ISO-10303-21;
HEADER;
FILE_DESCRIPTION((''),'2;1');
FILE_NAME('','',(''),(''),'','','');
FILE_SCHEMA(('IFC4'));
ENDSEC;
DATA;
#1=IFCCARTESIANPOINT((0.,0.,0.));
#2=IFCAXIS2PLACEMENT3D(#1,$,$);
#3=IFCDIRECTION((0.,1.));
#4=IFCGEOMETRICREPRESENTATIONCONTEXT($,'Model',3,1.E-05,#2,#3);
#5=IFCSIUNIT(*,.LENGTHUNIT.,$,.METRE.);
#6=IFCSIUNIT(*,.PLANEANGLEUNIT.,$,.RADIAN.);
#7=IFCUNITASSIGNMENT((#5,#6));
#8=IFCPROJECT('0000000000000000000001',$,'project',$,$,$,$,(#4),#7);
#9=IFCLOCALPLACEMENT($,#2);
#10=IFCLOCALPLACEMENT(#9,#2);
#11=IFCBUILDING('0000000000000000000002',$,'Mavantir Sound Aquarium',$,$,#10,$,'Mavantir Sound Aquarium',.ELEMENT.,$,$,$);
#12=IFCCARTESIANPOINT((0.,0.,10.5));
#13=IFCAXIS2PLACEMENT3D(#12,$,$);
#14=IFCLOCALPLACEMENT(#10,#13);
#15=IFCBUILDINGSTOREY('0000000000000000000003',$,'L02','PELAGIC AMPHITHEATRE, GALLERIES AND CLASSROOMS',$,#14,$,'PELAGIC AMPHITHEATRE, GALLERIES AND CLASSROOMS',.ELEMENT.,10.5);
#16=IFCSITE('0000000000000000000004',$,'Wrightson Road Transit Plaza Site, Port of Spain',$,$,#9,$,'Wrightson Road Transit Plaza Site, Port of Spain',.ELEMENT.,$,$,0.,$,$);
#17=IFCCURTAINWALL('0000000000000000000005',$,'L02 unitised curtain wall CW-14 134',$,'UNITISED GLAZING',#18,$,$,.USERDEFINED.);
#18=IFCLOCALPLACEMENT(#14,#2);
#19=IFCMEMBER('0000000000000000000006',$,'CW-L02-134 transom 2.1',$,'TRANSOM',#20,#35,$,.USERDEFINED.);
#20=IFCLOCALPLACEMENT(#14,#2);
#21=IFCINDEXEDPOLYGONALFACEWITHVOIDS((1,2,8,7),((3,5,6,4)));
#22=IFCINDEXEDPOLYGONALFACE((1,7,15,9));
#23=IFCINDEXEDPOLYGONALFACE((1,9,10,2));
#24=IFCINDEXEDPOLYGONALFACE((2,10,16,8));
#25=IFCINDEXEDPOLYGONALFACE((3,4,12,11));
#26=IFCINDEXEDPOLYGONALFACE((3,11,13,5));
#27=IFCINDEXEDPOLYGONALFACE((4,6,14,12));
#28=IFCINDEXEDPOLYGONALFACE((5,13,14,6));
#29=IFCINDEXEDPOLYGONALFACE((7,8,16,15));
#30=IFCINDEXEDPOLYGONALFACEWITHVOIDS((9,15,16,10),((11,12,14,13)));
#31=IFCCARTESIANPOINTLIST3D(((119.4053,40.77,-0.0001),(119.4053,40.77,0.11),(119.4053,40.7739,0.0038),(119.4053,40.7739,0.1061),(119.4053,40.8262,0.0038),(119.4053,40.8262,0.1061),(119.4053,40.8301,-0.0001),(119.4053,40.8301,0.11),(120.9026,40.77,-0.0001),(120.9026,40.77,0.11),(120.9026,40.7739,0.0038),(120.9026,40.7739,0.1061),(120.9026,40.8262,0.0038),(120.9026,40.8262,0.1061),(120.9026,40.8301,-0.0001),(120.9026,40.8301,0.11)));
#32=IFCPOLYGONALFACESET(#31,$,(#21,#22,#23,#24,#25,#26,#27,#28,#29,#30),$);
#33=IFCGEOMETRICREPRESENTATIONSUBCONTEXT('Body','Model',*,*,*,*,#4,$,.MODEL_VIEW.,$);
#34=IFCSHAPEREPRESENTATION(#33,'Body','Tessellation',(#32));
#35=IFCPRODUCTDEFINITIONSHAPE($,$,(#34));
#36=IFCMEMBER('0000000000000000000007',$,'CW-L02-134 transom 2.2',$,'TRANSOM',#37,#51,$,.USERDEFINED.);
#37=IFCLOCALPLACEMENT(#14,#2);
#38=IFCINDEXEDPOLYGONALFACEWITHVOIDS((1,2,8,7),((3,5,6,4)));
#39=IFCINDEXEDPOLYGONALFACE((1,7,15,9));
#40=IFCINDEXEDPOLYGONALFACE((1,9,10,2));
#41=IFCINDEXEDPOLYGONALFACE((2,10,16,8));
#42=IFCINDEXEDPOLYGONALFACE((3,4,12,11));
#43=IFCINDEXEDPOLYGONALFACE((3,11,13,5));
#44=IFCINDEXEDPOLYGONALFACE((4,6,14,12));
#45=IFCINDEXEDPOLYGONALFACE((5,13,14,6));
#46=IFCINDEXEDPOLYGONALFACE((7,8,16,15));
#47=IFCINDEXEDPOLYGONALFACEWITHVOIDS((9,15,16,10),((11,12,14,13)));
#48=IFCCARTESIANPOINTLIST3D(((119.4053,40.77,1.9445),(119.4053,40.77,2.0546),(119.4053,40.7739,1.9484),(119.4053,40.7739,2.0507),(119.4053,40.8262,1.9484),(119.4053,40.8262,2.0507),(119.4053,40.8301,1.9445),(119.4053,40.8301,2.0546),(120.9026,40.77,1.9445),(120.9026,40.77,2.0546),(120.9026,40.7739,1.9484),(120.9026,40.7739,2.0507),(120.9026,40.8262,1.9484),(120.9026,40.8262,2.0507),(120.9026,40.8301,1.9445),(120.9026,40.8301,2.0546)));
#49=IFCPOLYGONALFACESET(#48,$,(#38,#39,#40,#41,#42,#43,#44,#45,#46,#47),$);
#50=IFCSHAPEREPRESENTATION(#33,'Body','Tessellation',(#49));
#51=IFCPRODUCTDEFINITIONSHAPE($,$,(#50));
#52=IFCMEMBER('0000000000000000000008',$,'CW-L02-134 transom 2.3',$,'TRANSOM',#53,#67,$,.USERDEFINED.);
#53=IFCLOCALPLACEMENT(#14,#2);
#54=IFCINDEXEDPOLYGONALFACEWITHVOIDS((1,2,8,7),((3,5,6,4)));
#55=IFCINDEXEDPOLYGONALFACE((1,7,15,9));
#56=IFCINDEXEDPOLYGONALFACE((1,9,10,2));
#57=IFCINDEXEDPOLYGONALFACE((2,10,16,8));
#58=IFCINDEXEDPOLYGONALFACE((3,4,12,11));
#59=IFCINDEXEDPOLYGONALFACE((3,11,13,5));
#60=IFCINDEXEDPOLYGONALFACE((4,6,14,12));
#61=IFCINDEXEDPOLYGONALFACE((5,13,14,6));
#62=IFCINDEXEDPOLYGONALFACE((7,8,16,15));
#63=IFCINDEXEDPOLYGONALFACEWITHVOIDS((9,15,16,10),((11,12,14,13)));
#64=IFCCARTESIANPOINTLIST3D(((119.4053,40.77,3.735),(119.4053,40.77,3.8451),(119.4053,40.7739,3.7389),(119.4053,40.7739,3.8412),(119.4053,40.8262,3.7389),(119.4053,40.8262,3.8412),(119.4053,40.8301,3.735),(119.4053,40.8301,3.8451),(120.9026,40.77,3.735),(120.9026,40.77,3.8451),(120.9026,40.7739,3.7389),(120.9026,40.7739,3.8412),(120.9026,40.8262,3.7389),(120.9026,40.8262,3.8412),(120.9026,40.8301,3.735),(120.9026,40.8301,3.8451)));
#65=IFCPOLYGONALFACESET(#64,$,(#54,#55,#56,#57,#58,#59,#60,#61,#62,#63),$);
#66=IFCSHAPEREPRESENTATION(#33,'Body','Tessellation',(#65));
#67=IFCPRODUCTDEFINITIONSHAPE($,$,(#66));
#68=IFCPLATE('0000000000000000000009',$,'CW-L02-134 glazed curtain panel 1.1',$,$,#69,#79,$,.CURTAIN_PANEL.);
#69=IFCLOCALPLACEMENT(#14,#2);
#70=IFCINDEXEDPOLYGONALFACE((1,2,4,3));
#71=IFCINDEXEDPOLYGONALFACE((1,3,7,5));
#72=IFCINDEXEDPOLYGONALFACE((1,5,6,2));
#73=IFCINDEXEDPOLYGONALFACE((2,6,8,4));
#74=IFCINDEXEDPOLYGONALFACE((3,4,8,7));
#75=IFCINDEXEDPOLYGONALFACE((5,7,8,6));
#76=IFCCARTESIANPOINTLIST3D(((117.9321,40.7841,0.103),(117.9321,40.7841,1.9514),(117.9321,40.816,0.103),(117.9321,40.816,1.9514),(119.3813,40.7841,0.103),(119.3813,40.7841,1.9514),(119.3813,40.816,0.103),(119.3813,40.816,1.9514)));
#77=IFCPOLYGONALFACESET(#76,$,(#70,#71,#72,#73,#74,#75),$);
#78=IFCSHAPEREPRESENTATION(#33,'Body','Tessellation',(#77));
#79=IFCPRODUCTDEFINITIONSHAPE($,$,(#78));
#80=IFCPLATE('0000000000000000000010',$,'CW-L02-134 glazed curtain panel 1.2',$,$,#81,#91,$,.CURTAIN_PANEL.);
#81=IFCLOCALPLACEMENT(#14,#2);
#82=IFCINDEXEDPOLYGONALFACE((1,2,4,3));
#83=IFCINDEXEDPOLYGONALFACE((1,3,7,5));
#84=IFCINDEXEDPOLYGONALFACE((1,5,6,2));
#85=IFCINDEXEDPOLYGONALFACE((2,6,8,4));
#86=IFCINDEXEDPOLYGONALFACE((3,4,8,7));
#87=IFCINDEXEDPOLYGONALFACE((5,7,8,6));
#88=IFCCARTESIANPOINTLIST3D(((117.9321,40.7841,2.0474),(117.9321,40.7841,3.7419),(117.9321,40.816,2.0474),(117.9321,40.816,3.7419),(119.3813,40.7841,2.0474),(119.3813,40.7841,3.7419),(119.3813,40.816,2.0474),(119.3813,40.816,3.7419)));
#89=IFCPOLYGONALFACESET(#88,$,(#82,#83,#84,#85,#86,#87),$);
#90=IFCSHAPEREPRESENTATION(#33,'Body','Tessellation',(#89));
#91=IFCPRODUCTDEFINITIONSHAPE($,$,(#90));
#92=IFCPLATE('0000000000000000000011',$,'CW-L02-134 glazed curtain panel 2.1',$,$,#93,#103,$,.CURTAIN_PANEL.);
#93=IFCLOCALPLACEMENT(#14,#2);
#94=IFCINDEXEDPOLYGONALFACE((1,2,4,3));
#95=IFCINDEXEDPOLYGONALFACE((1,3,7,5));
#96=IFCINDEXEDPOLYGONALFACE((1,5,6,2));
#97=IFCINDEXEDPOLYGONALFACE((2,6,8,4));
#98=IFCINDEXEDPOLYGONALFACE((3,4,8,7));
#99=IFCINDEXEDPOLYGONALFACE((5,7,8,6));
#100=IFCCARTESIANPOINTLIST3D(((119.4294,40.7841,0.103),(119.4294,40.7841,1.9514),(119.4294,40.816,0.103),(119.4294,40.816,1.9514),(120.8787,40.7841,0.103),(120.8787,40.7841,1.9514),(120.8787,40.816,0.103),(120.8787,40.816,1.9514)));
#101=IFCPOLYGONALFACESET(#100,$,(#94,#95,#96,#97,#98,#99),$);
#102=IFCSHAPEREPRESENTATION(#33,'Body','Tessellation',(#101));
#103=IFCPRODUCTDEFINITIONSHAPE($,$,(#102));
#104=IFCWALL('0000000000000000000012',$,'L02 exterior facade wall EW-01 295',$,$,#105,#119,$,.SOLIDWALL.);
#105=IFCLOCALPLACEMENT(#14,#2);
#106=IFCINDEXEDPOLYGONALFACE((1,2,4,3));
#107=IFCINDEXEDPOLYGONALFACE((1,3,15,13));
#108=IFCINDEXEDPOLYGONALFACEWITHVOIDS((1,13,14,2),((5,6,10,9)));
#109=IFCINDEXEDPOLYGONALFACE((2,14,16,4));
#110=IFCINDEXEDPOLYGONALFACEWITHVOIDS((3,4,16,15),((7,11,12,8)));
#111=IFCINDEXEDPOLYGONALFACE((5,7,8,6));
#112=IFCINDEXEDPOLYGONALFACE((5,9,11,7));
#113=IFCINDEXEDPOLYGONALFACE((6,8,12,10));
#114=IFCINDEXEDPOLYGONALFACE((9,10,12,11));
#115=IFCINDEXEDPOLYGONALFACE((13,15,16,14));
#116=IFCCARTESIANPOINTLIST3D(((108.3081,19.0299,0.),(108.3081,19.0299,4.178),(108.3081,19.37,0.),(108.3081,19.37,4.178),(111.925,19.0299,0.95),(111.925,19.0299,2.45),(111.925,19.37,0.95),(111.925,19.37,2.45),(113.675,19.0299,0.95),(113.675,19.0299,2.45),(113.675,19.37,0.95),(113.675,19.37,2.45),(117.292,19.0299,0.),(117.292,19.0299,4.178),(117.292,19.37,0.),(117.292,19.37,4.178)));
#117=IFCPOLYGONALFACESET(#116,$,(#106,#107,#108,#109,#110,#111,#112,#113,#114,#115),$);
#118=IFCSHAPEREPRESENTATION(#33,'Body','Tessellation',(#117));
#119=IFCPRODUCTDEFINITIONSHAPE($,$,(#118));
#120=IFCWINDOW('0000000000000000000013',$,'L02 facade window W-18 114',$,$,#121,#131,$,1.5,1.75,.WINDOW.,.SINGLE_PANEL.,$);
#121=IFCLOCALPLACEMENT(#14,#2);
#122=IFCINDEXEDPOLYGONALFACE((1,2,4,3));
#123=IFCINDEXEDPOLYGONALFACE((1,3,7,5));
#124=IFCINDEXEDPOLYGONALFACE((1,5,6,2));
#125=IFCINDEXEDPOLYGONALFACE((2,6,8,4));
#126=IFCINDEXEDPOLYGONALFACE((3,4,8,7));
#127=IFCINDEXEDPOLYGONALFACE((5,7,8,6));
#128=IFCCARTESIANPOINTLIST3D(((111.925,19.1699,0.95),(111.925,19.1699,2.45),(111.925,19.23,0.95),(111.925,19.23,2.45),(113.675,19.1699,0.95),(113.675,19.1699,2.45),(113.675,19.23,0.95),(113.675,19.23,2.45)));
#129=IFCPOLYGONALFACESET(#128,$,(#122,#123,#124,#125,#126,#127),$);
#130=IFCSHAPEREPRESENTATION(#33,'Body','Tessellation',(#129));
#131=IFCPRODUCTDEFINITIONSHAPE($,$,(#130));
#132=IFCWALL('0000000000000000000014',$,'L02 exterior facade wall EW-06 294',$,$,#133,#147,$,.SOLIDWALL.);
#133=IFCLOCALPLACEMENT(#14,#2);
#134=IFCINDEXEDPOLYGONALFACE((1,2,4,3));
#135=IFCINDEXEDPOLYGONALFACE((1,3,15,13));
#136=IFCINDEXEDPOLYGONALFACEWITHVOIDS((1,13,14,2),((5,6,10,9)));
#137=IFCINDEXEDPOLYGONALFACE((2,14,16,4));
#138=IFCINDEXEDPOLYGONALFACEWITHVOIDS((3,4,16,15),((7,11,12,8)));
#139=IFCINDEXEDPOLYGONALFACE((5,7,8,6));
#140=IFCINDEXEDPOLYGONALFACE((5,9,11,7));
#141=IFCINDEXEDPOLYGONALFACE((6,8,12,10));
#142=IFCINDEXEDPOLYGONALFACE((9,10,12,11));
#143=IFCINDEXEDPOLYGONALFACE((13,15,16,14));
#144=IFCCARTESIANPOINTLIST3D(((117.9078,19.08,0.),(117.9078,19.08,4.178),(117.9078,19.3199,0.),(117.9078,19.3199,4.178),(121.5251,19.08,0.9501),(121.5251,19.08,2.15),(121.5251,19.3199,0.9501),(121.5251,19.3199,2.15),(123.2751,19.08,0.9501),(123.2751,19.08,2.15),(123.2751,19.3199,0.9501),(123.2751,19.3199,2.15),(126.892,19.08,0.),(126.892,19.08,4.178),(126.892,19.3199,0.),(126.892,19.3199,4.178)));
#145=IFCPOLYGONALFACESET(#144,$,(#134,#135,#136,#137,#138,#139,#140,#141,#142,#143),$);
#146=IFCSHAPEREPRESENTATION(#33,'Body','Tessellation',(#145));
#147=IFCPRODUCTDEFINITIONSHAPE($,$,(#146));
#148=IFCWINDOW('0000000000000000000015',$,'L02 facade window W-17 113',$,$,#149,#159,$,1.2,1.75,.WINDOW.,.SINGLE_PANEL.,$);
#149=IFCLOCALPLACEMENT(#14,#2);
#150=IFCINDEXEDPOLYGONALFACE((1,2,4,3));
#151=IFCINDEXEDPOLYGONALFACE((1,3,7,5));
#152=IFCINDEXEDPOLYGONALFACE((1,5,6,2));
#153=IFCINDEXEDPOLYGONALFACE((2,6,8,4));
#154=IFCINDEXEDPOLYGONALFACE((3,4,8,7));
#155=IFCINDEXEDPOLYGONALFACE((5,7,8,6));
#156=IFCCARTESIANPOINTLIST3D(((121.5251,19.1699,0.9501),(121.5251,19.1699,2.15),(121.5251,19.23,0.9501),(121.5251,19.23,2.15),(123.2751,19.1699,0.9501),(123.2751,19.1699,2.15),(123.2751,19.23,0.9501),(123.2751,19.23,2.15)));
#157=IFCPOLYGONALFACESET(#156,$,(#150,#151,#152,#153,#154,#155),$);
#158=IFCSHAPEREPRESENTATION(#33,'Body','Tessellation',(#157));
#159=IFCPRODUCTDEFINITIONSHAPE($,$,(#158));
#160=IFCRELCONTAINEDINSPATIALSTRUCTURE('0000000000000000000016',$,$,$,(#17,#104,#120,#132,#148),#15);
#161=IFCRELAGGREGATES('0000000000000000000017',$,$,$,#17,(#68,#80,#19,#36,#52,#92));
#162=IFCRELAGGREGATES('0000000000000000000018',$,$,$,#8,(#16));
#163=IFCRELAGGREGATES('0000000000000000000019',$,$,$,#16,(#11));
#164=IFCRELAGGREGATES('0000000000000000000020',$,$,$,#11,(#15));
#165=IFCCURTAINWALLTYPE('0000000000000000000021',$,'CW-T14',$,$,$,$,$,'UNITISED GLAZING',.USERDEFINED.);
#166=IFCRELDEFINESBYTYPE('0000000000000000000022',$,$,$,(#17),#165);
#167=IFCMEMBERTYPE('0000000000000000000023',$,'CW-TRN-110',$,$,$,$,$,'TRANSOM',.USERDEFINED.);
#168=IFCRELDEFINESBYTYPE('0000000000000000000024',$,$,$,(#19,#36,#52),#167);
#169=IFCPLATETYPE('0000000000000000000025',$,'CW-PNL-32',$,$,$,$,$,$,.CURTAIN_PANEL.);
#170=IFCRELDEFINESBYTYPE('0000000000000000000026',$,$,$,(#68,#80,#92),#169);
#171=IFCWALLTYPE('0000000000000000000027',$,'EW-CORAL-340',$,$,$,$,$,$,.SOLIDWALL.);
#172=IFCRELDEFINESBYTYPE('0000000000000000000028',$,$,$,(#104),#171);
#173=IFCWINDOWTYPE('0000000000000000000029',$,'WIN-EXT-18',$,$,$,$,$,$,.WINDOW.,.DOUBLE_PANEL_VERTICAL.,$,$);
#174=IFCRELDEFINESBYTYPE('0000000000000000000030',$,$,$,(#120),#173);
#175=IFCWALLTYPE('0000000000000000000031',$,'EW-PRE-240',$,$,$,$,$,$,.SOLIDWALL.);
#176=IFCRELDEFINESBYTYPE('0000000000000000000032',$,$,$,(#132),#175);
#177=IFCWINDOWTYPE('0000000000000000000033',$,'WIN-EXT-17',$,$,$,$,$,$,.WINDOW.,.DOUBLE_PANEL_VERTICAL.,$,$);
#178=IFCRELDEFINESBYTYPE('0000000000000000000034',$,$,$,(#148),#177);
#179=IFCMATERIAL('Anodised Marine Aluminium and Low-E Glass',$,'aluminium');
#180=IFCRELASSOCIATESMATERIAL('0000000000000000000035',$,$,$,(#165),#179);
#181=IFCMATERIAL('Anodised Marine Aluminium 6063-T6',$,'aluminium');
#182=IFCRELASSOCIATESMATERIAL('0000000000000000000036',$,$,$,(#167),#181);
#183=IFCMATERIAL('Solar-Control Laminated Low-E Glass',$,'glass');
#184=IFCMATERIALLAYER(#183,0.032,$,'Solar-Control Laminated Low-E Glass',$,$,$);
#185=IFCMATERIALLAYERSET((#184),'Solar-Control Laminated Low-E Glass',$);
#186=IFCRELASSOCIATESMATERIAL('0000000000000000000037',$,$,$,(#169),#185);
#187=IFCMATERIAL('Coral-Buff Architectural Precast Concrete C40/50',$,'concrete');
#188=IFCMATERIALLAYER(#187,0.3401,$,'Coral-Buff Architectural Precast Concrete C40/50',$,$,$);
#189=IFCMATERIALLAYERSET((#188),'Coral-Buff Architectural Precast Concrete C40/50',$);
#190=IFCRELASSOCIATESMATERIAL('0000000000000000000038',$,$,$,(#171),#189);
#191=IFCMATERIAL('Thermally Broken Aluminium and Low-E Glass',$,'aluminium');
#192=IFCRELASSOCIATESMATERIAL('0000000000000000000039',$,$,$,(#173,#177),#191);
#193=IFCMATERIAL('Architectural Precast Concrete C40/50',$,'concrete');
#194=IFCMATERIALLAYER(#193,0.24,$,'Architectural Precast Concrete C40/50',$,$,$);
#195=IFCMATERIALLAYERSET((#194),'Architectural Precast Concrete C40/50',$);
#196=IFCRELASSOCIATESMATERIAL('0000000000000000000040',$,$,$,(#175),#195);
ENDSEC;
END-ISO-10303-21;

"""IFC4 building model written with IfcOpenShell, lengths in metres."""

from ifc_helpers import new_model, si_unit, direction, frame, frame_2d, origin, origin_2d, place, context, subcontext, project, spatial, rectangle, hollow_rectangle, extrude, material, layer, layer_set, material_profile, profile_set, type_object, element, fill, aggregate, save


model = new_model("IFC4")

# Units and contexts
model_context = context("Model", 3, precision=1e-05, world=origin(), true_north=direction((0.0, 1.0)))
body_context = subcontext(model_context, "Body", "Model", "MODEL_VIEW")
ifc_project = project(units=[si_unit("LENGTHUNIT", "METRE"), si_unit("PLANEANGLEUNIT", "RADIAN")], contexts=[model_context])

# Site, building, storey
site_placement = place(None, origin())
site = spatial("IfcSite", under=ifc_project, at=site_placement, Name="Wrightson Road Transit Plaza Site, Port of Spain", LongName="Wrightson Road Transit Plaza Site, Port of Spain", CompositionType="ELEMENT", RefElevation=0.0)
building_placement = place(site_placement, origin())
building = spatial("IfcBuilding", under=site, at=building_placement, Name="Mavantir Sound Aquarium", LongName="Mavantir Sound Aquarium", CompositionType="ELEMENT")
storey_placement = place(building_placement, frame((0.0, 0.0, 10.5)))
storey = spatial("IfcBuildingStorey", under=building, at=storey_placement, Name="L02", Description="PELAGIC AMPHITHEATRE, GALLERIES AND CLASSROOMS", LongName="PELAGIC AMPHITHEATRE, GALLERIES AND CLASSROOMS", CompositionType="ELEMENT", Elevation=10.5)

# Curtain wall, members, plates
ifc_material_1 = material(Name="Anodised Marine Aluminium and Low-E Glass", Category="aluminium")
curtain_wall_type = type_object("IfcCurtainWallType", Name="CW-T14", ElementType="UNITISED GLAZING", PredefinedType="USERDEFINED", material=ifc_material_1)
curtain_wall_placement = place(storey_placement, origin())
curtain_wall = element("IfcCurtainWall", 1, at=curtain_wall_placement, inside=storey, type_object=curtain_wall_type, Name="L02 unitised curtain wall CW-14 134", ObjectType="UNITISED GLAZING", PredefinedType="USERDEFINED")
ifc_material_2 = material(Name="Anodised Marine Aluminium 6063-T6", Category="aluminium")
ifc_material_profile_1 = material_profile(ifc_material_2, hollow_rectangle(XDim=0.0601, YDim=0.1101, WallThickness=0.0039, at=origin_2d()), Name="ALU-TRANSOM-110X60")
ifc_profile_set_1 = profile_set([ifc_material_profile_1], Name="Anodised Marine Aluminium 6063-T6")
member_type_1 = type_object("IfcMemberType", Name="CW-TRN-110", ElementType="TRANSOM", PredefinedType="USERDEFINED", material=ifc_profile_set_1)
member_1_placement = place(storey_placement, frame((119.4053, 40.8, 0.0549), z_axis=(1.0, 0.0, 0.0), x_axis=(0.0, 1.0, 0.0)))
member_1 = element("IfcMember", 2, at=member_1_placement, type_object=member_type_1, Name="CW-L02-134 transom 2.1", ObjectType="TRANSOM", PredefinedType="USERDEFINED", context=body_context, shape_type="SweptSolid", body=[
    extrude(hollow_rectangle(XDim=0.0601, YDim=0.1101, WallThickness=0.0039, at=origin_2d()), origin(), (0.0, 0.0, 1.0), 1.4973),
])
member_2_placement = place(storey_placement, frame((119.4053, 40.8, 1.9995), z_axis=(1.0, 0.0, 0.0), x_axis=(0.0, 1.0, 0.0)))
member_2 = element("IfcMember", 3, at=member_2_placement, type_object=member_type_1, Name="CW-L02-134 transom 2.2", ObjectType="TRANSOM", PredefinedType="USERDEFINED", context=body_context, shape_type="SweptSolid", body=[
    extrude(hollow_rectangle(XDim=0.0601, YDim=0.1101, WallThickness=0.0039, at=origin_2d()), origin(), (0.0, 0.0, 1.0), 1.4973),
])
member_3_placement = place(storey_placement, frame((119.4053, 40.8, 3.79), z_axis=(1.0, 0.0, 0.0), x_axis=(0.0, 1.0, 0.0)))
member_3 = element("IfcMember", 4, at=member_3_placement, type_object=member_type_1, Name="CW-L02-134 transom 2.3", ObjectType="TRANSOM", PredefinedType="USERDEFINED", context=body_context, shape_type="SweptSolid", body=[
    extrude(hollow_rectangle(XDim=0.0601, YDim=0.1101, WallThickness=0.0039, at=origin_2d()), origin(), (0.0, 0.0, 1.0), 1.4973),
])
ifc_material_3 = material(Name="Solar-Control Laminated Low-E Glass", Category="glass")
ifc_layer_1 = layer(ifc_material_3, 0.032, Name="Solar-Control Laminated Low-E Glass")
ifc_layer_set_1 = layer_set([ifc_layer_1], Name="Solar-Control Laminated Low-E Glass")
plate_type = type_object("IfcPlateType", Name="CW-PNL-32", PredefinedType="CURTAIN_PANEL", material=ifc_layer_set_1)
plate_1_placement = place(storey_placement, frame((118.6567, 40.8, 0.103), z_axis=(0.0, 0.0, 1.0), x_axis=(1.0, 0.0, 0.0)))
plate_1 = element("IfcPlate", 5, at=plate_1_placement, type_object=plate_type, Name="CW-L02-134 glazed curtain panel 1.1", PredefinedType="CURTAIN_PANEL", context=body_context, shape_type="SweptSolid", body=[
    extrude(rectangle(XDim=1.4492, YDim=0.032, at=origin_2d()), origin(), (0.0, 0.0, 1.0), 1.8484),
])
plate_2_placement = place(storey_placement, frame((118.6567, 40.8, 2.0474), z_axis=(0.0, 0.0, 1.0), x_axis=(1.0, 0.0, 0.0)))
plate_2 = element("IfcPlate", 6, at=plate_2_placement, type_object=plate_type, Name="CW-L02-134 glazed curtain panel 1.2", PredefinedType="CURTAIN_PANEL", context=body_context, shape_type="SweptSolid", body=[
    extrude(rectangle(XDim=1.4492, YDim=0.032, at=origin_2d()), origin(), (0.0, 0.0, 1.0), 1.6946),
])
plate_3_placement = place(storey_placement, frame((120.1541, 40.8, 0.103), z_axis=(0.0, 0.0, 1.0), x_axis=(1.0, 0.0, 0.0)))
plate_3 = element("IfcPlate", 7, at=plate_3_placement, type_object=plate_type, Name="CW-L02-134 glazed curtain panel 2.1", PredefinedType="CURTAIN_PANEL", context=body_context, shape_type="SweptSolid", body=[
    extrude(rectangle(XDim=1.4492, YDim=0.032, at=origin_2d()), origin(), (0.0, 0.0, 1.0), 1.8484),
])
aggregate(curtain_wall, [plate_1, plate_2, member_1, member_2, member_3, plate_3])

# Walls, openings, windows
ifc_material_4 = material(Name="Coral-Buff Architectural Precast Concrete C40/50", Category="concrete")
ifc_layer_2 = layer(ifc_material_4, 0.3401, Name="Coral-Buff Architectural Precast Concrete C40/50")
ifc_layer_set_2 = layer_set([ifc_layer_2], Name="Coral-Buff Architectural Precast Concrete C40/50")
wall_type_1 = type_object("IfcWallType", Name="EW-CORAL-340", PredefinedType="SOLIDWALL", material=ifc_layer_set_2)
wall_1_placement = place(storey_placement, frame((117.292, 19.2, 0.0), z_axis=(0.0, 0.0, 1.0), x_axis=(-1.0, 0.0, 0.0)))
wall_1 = element("IfcWall", 8, at=wall_1_placement, inside=storey, type_object=wall_type_1, Name="L02 exterior facade wall EW-01 295", PredefinedType="SOLIDWALL", context=body_context, shape_type="SweptSolid", body=[
    extrude(rectangle(XDim=8.9839, YDim=0.3401, at=frame_2d((4.4919, 0.0))), origin(), (0.0, 0.0, 1.0), 4.178),
])
opening_1_placement = place(wall_1_placement, frame((3.6169, 0.0, 0.95)))
opening_1 = element("IfcOpeningElement", 9, at=opening_1_placement, cuts=wall_1, PredefinedType="OPENING", context=body_context, shape_type="SweptSolid", body=[
    extrude(rectangle(XDim=1.75, YDim=1.5, at=frame_2d((0.875, 0.75))), frame((0.0, 0.1802, 0.0), z_axis=(0.0, -1.0, 0.0), x_axis=(1.0, 0.0, 0.0)), (0.0, 0.0, 1.0), 0.3601),
])
ifc_material_5 = material(Name="Thermally Broken Aluminium and Low-E Glass", Category="aluminium")
window_type_1 = type_object("IfcWindowType", Name="WIN-EXT-18", PartitioningType="DOUBLE_PANEL_VERTICAL", PredefinedType="WINDOW", material=ifc_material_5)
window_1_placement = place(opening_1_placement, origin())
window_1 = element("IfcWindow", 10, at=window_1_placement, inside=storey, type_object=window_type_1, Name="L02 facade window W-18 114", OverallHeight=1.5, OverallWidth=1.75, PartitioningType="SINGLE_PANEL", PredefinedType="WINDOW", context=body_context, shape_type="SweptSolid", body=[
    extrude(rectangle(XDim=1.75, YDim=1.5, at=frame_2d((0.875, 0.75))), frame((0.0, 0.03, 0.0), z_axis=(0.0, -1.0, 0.0), x_axis=(1.0, 0.0, 0.0)), (0.0, 0.0, 1.0), 0.0601),
])
fill(opening_1, window_1)
ifc_material_6 = material(Name="Architectural Precast Concrete C40/50", Category="concrete")
ifc_layer_3 = layer(ifc_material_6, 0.24, Name="Architectural Precast Concrete C40/50")
ifc_layer_set_3 = layer_set([ifc_layer_3], Name="Architectural Precast Concrete C40/50")
wall_type_2 = type_object("IfcWallType", Name="EW-PRE-240", PredefinedType="SOLIDWALL", material=ifc_layer_set_3)
wall_2_placement = place(storey_placement, frame((126.8921, 19.2, 0.0), z_axis=(0.0, 0.0, 1.0), x_axis=(-1.0, 0.0, 0.0)))
wall_2 = element("IfcWall", 11, at=wall_2_placement, inside=storey, type_object=wall_type_2, Name="L02 exterior facade wall EW-06 294", PredefinedType="SOLIDWALL", context=body_context, shape_type="SweptSolid", body=[
    extrude(rectangle(XDim=8.9841, YDim=0.24, at=frame_2d((4.4922, 0.0))), origin(), (0.0, 0.0, 1.0), 4.178),
])
opening_2_placement = place(wall_2_placement, frame((3.6169, 0.0, 0.95)))
opening_2 = element("IfcOpeningElement", 12, at=opening_2_placement, cuts=wall_2, PredefinedType="OPENING", context=body_context, shape_type="SweptSolid", body=[
    extrude(rectangle(XDim=1.75, YDim=1.2, at=frame_2d((0.875, 0.6001))), frame((0.0, 0.1299, 0.0), z_axis=(0.0, -1.0, 0.0), x_axis=(1.0, 0.0, 0.0)), (0.0, 0.0, 1.0), 0.26),
])
window_type_2 = type_object("IfcWindowType", Name="WIN-EXT-17", PartitioningType="DOUBLE_PANEL_VERTICAL", PredefinedType="WINDOW", material=ifc_material_5)
window_2_placement = place(opening_2_placement, origin())
window_2 = element("IfcWindow", 13, at=window_2_placement, inside=storey, type_object=window_type_2, Name="L02 facade window W-17 113", OverallHeight=1.2, OverallWidth=1.75, PartitioningType="SINGLE_PANEL", PredefinedType="WINDOW", context=body_context, shape_type="SweptSolid", body=[
    extrude(rectangle(XDim=1.75, YDim=1.2, at=frame_2d((0.875, 0.6001))), frame((0.0, 0.03, 0.0), z_axis=(0.0, -1.0, 0.0), x_axis=(1.0, 0.0, 0.0)), (0.0, 0.0, 1.0), 0.0601),
])
fill(opening_2, window_2)

save(model, "model.ifc")
